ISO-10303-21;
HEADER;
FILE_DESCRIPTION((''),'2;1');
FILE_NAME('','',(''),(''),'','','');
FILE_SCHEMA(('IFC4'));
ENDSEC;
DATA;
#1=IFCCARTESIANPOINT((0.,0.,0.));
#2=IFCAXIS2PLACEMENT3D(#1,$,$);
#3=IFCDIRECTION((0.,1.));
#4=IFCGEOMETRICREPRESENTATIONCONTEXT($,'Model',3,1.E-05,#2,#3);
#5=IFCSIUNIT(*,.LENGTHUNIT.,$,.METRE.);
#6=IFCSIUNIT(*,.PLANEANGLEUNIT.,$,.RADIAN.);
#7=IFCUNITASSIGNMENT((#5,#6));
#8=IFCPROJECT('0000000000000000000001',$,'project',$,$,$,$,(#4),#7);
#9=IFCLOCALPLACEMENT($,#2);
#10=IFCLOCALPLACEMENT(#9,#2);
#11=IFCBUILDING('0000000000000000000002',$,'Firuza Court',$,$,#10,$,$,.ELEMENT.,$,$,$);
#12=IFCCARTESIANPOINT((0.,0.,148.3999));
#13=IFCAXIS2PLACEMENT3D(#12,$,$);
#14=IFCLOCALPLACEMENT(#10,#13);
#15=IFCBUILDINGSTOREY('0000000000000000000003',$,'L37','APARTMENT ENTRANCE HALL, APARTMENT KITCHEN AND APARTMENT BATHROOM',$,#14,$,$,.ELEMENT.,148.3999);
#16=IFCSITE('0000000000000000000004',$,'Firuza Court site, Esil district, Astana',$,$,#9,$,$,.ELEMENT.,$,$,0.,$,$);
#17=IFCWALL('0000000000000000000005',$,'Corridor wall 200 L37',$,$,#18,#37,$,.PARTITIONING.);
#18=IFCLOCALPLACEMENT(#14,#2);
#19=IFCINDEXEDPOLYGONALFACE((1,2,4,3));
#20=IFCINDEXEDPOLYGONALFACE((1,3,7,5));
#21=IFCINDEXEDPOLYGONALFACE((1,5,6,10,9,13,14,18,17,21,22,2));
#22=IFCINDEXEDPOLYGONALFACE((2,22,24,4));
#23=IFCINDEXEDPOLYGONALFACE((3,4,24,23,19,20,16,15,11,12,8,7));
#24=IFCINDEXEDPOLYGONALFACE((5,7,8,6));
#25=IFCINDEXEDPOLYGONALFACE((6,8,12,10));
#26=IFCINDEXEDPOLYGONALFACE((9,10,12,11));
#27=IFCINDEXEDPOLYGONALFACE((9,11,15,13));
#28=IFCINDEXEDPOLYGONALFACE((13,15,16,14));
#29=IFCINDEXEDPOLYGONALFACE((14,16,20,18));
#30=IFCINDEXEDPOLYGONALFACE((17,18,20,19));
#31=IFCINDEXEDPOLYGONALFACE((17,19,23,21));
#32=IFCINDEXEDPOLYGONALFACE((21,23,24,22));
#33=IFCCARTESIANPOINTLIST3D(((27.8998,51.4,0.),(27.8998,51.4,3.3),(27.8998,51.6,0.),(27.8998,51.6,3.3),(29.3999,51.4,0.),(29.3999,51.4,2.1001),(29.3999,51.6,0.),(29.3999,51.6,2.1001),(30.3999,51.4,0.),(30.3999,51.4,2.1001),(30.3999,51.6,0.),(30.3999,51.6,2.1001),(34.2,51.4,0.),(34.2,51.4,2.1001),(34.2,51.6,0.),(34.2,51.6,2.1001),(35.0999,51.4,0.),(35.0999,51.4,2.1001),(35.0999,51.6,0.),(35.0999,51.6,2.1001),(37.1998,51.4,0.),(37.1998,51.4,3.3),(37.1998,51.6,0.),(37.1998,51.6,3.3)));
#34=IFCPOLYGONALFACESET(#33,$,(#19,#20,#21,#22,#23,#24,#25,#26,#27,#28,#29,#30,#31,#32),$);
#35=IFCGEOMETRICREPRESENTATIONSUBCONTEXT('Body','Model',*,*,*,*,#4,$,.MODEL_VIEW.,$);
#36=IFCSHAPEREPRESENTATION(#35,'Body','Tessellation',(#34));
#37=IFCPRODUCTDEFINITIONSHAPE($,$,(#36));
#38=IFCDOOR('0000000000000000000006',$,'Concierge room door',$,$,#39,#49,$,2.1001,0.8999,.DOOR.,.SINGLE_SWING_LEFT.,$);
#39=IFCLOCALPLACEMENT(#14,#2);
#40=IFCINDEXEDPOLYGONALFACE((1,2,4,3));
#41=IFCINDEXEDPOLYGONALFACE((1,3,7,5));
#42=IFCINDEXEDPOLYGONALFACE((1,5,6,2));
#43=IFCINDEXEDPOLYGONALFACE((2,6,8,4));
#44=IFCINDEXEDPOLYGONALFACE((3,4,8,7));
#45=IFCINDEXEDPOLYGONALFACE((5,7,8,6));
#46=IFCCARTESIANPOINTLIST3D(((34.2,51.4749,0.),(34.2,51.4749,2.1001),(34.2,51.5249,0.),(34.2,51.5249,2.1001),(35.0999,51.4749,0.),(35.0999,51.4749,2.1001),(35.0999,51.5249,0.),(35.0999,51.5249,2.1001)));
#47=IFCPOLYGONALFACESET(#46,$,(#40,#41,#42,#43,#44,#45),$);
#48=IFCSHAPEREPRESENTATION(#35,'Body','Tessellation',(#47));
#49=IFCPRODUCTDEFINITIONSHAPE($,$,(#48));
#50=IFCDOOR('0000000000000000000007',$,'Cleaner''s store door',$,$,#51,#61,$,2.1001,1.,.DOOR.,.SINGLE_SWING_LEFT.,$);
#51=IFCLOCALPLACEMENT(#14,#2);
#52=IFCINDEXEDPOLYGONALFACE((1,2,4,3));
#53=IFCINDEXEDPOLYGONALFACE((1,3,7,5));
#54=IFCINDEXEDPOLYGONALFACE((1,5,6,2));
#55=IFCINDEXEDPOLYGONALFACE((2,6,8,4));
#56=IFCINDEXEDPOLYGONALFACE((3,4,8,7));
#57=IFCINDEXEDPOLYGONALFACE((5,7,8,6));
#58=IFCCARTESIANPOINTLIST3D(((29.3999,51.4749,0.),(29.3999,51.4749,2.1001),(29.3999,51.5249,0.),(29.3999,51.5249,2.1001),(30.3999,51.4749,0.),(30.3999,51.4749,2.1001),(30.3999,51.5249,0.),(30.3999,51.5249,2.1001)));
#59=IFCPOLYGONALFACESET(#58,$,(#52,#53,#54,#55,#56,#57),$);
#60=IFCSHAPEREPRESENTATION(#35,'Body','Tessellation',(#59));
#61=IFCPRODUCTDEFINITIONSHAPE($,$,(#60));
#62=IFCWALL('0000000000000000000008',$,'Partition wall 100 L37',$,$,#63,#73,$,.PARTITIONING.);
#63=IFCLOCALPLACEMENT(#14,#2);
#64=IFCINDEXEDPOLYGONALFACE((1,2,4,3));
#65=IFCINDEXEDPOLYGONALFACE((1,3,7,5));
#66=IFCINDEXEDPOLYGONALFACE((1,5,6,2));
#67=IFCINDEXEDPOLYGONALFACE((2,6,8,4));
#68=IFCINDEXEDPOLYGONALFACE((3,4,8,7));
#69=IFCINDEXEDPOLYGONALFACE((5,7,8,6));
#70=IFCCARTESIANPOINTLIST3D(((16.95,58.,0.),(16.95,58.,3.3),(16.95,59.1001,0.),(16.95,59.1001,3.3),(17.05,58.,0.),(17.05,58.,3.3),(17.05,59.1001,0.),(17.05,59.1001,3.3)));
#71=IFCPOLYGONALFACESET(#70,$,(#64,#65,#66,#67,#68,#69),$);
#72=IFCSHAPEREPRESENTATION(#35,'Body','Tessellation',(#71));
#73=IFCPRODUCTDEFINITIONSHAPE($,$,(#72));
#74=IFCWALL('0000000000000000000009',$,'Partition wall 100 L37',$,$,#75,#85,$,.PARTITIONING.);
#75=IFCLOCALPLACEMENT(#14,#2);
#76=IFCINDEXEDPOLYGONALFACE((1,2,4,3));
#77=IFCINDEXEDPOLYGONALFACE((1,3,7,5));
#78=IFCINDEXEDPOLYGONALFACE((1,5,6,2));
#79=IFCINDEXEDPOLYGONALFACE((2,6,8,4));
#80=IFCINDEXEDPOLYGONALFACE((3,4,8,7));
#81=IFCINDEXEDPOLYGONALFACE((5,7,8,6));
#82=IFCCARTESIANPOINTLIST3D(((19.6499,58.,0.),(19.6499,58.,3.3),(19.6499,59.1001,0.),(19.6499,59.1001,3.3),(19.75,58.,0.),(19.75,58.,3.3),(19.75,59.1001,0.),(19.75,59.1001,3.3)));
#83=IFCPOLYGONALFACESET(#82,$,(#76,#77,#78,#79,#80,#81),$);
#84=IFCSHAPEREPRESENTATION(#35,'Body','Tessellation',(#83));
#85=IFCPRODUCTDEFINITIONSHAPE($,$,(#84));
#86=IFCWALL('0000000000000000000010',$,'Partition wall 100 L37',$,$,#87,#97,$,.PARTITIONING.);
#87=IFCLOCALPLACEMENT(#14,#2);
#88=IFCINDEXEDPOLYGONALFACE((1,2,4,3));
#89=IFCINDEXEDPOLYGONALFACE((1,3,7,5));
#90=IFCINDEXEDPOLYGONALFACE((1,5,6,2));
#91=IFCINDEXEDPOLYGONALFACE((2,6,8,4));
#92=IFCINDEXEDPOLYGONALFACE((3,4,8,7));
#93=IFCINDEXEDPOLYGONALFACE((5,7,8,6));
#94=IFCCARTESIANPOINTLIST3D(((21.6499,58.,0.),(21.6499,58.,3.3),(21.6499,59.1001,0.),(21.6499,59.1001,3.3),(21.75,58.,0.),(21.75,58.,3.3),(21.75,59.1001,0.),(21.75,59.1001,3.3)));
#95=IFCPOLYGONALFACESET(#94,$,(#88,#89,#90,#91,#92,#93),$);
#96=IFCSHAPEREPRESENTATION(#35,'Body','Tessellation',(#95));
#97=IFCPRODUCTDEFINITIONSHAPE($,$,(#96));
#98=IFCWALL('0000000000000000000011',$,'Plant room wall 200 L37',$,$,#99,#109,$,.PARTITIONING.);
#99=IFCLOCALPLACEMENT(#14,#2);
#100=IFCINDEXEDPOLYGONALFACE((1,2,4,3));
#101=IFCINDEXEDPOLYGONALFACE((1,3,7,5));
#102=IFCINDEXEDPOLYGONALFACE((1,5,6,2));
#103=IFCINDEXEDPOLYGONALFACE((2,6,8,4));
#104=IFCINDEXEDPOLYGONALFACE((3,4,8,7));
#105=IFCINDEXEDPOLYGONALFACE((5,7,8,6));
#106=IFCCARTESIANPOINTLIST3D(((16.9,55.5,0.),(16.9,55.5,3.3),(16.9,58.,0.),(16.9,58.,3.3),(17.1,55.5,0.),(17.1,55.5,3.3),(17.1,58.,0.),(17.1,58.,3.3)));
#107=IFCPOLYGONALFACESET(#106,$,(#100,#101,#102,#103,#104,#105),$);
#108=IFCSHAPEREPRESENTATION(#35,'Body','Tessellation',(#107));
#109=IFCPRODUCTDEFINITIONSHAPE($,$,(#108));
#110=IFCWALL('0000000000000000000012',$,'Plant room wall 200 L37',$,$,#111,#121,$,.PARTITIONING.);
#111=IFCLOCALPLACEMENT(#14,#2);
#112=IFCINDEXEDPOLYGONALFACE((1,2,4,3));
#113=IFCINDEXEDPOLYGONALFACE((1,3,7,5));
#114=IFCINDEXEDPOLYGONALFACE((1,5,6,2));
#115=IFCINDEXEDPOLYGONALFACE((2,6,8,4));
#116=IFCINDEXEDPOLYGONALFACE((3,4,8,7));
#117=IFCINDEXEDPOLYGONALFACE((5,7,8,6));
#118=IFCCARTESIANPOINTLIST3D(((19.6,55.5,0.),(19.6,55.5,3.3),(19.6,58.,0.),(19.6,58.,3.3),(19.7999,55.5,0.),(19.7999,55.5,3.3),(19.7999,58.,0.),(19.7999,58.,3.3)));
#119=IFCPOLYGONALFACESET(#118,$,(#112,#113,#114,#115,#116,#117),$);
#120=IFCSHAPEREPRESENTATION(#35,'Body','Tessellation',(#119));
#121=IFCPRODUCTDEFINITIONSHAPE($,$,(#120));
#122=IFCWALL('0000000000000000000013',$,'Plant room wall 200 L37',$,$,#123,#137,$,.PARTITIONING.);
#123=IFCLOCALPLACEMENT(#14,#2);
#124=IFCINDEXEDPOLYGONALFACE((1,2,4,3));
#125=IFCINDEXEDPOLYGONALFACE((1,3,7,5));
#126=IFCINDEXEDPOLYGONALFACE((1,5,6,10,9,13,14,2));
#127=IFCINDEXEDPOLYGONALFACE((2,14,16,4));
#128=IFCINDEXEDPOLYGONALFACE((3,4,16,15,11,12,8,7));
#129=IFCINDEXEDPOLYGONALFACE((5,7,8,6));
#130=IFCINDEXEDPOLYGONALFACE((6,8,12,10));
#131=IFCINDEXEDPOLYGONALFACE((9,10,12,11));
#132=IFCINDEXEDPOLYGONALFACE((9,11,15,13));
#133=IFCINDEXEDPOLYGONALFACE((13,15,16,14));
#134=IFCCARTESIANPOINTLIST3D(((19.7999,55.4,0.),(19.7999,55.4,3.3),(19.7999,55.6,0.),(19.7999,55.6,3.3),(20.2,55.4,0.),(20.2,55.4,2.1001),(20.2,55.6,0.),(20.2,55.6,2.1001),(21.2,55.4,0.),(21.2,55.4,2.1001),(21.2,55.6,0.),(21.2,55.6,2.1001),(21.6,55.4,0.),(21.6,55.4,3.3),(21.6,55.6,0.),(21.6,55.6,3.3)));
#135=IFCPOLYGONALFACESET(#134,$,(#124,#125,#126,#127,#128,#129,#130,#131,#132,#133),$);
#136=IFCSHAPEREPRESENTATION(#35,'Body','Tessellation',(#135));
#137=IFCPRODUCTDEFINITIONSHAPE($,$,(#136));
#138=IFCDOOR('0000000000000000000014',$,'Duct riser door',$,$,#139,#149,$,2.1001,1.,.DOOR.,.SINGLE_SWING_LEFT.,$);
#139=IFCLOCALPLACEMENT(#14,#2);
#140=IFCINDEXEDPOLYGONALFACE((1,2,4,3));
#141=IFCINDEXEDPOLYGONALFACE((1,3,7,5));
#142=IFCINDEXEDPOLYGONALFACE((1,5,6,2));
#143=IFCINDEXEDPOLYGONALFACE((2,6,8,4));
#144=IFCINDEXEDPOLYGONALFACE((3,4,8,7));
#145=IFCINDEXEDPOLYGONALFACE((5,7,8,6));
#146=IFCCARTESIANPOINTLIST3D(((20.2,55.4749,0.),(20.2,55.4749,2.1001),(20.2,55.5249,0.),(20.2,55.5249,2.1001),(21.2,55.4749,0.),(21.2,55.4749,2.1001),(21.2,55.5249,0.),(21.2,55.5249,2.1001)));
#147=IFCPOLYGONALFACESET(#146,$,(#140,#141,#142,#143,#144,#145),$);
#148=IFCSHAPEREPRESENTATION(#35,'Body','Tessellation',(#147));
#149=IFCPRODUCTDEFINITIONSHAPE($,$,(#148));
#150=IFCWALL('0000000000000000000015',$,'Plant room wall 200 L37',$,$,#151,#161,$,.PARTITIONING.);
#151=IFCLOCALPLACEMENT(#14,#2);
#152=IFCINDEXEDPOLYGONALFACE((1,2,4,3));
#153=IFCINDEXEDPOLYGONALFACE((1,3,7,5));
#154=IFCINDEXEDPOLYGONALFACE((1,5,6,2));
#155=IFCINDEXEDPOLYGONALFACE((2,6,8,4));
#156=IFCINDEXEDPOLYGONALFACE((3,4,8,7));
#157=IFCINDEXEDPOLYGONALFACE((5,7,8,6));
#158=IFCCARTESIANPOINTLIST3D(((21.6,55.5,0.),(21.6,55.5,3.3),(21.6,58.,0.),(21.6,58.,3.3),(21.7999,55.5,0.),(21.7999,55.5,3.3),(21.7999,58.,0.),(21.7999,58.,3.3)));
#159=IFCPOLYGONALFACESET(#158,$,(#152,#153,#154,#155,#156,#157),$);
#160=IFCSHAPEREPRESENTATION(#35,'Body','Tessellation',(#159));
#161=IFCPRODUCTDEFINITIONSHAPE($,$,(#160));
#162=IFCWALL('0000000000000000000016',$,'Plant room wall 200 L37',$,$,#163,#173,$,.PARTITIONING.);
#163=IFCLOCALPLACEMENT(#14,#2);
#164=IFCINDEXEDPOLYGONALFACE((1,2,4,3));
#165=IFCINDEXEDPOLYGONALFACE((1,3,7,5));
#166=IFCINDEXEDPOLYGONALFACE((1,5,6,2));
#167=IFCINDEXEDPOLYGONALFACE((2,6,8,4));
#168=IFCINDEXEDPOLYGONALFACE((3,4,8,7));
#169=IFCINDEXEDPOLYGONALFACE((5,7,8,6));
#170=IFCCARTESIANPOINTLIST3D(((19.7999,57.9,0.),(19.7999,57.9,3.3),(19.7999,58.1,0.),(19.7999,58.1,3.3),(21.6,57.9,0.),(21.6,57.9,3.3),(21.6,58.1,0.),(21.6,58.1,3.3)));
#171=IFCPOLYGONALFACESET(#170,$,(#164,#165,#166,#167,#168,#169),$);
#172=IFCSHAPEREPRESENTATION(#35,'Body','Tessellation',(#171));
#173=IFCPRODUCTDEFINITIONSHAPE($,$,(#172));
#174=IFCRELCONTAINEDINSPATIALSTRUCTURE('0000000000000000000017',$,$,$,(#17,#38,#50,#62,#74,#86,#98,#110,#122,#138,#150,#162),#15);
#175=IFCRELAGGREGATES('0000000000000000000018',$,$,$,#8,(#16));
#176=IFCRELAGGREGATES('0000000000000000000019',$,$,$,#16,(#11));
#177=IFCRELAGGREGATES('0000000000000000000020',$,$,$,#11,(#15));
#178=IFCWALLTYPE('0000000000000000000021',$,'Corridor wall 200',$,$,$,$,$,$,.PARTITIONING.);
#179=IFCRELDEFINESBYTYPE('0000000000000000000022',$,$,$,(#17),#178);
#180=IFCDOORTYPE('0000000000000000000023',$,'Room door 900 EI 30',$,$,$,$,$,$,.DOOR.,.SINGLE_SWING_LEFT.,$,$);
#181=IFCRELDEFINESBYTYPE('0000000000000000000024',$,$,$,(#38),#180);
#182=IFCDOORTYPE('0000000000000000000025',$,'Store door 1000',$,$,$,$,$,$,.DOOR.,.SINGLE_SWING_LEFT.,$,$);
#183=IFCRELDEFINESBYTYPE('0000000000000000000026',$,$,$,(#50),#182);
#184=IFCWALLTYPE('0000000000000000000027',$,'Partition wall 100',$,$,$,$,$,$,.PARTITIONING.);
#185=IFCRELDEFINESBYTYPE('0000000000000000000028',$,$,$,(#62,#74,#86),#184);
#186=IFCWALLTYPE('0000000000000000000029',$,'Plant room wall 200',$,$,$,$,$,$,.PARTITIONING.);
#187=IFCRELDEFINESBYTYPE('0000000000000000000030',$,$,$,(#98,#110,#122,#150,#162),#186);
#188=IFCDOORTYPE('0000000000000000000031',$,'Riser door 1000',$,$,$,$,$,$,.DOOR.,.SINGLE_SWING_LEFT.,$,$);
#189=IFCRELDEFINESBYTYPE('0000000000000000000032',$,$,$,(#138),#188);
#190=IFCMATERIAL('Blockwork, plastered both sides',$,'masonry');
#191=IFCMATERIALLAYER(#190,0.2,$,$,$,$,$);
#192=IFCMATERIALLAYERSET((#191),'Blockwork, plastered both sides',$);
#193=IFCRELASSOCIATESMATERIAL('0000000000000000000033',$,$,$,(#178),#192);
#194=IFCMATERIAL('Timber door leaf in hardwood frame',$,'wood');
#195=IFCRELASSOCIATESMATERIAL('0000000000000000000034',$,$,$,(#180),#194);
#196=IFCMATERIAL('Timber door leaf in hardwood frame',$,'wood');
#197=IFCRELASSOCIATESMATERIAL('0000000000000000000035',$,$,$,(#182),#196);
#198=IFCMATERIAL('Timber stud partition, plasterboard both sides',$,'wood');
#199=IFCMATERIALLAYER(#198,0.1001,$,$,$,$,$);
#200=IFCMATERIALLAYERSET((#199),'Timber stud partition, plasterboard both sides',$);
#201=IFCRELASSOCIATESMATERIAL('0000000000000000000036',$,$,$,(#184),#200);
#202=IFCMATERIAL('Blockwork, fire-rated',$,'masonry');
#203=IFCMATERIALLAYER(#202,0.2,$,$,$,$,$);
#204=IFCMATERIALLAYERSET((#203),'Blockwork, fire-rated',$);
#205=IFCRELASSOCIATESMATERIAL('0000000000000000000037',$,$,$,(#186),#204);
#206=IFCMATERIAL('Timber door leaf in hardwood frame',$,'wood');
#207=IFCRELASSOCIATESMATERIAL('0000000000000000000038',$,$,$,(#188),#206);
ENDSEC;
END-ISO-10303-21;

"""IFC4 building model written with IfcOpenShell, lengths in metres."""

from ifc_helpers import new_model, si_unit, direction, frame, frame_2d, origin, place, context, subcontext, project, spatial, rectangle, extrude, material, layer, layer_set, type_object, element, fill, save


model = new_model("IFC4")

# Units and contexts
model_context = context("Model", 3, precision=1e-05, world=origin(), true_north=direction((0.0, 1.0)))
body_context = subcontext(model_context, "Body", "Model", "MODEL_VIEW")
ifc_project = project(units=[si_unit("LENGTHUNIT", "METRE"), si_unit("PLANEANGLEUNIT", "RADIAN")], contexts=[model_context])

# Site, building, storey
site_placement = place(None, origin())
site = spatial("IfcSite", under=ifc_project, at=site_placement, Name="Firuza Court site, Esil district, Astana", CompositionType="ELEMENT", RefElevation=0.0)
building_placement = place(site_placement, origin())
building = spatial("IfcBuilding", under=site, at=building_placement, Name="Firuza Court", CompositionType="ELEMENT")
storey_placement = place(building_placement, frame((0.0, 0.0, 148.3999)))
storey = spatial("IfcBuildingStorey", under=building, at=storey_placement, Name="L37", Description="APARTMENT ENTRANCE HALL, APARTMENT KITCHEN AND APARTMENT BATHROOM", CompositionType="ELEMENT", Elevation=148.3999)

# Wall, openings, doors
ifc_material_1 = material(Name="Blockwork, plastered both sides", Category="masonry")
ifc_layer_1 = layer(ifc_material_1, 0.2)
ifc_layer_set_1 = layer_set([ifc_layer_1], Name="Blockwork, plastered both sides")
wall_type_1 = type_object("IfcWallType", Name="Corridor wall 200", PredefinedType="PARTITIONING", material=ifc_layer_set_1)
wall_1_placement = place(storey_placement, frame((27.8999, 51.5, 0.0), z_axis=(0.0, 0.0, 1.0), x_axis=(1.0, 0.0, 0.0)))
wall_1 = element("IfcWall", 1, at=wall_1_placement, inside=storey, type_object=wall_type_1, Name="Corridor wall 200 L37", PredefinedType="PARTITIONING", context=body_context, shape_type="SweptSolid", body=[
    extrude(rectangle(XDim=9.3, YDim=0.2, at=frame_2d((4.6499, 0.0))), origin(), (0.0, 0.0, 1.0), 3.3),
])
opening_1_placement = place(wall_1_placement, frame((1.5, 0.0, 0.0)))
opening_1 = element("IfcOpeningElement", 2, at=opening_1_placement, cuts=wall_1, PredefinedType="OPENING", context=body_context, shape_type="SweptSolid", body=[
    extrude(rectangle(XDim=1.0, YDim=2.1001, at=frame_2d((0.5, 1.05))), frame((0.0, 0.1118, 0.0), z_axis=(0.0, -1.0, 0.0), x_axis=(1.0, 0.0, 0.0)), (0.0, 0.0, 1.0), 0.2239),
])
opening_2_placement = place(wall_1_placement, frame((6.3, 0.0, 0.0)))
opening_2 = element("IfcOpeningElement", 3, at=opening_2_placement, cuts=wall_1, PredefinedType="OPENING", context=body_context, shape_type="SweptSolid", body=[
    extrude(rectangle(XDim=0.8999, YDim=2.1001, at=frame_2d((0.45, 1.05))), frame((0.0, 0.1118, 0.0), z_axis=(0.0, -1.0, 0.0), x_axis=(1.0, 0.0, 0.0)), (0.0, 0.0, 1.0), 0.2239),
])
ifc_material_2 = material(Name="Timber door leaf in hardwood frame", Category="wood")
door_type_1 = type_object("IfcDoorType", Name="Room door 900 EI 30", OperationType="SINGLE_SWING_LEFT", PredefinedType="DOOR", material=ifc_material_2)
door_1_placement = place(opening_2_placement, origin())
door_1 = element("IfcDoor", 4, at=door_1_placement, inside=storey, type_object=door_type_1, Name="Concierge room door", OperationType="SINGLE_SWING_LEFT", OverallHeight=2.1001, OverallWidth=0.8999, PredefinedType="DOOR", context=body_context, shape_type="SweptSolid", body=[
    extrude(rectangle(XDim=0.8999, YDim=2.1001, at=frame_2d((0.45, 1.05))), frame((0.0, 0.0249, 0.0), z_axis=(0.0, -1.0, 0.0), x_axis=(1.0, 0.0, 0.0)), (0.0, 0.0, 1.0), 0.05),
])
fill(opening_2, door_1)
ifc_material_3 = material(Name="Timber door leaf in hardwood frame", Category="wood")
door_type_2 = type_object("IfcDoorType", Name="Store door 1000", OperationType="SINGLE_SWING_LEFT", PredefinedType="DOOR", material=ifc_material_3)
door_2_placement = place(opening_1_placement, origin())
door_2 = element("IfcDoor", 5, at=door_2_placement, inside=storey, type_object=door_type_2, Name="Cleaner's store door", OperationType="SINGLE_SWING_LEFT", OverallHeight=2.1001, OverallWidth=1.0, PredefinedType="DOOR", context=body_context, shape_type="SweptSolid", body=[
    extrude(rectangle(XDim=1.0, YDim=2.1001, at=frame_2d((0.5, 1.05))), frame((0.0, 0.0249, 0.0), z_axis=(0.0, -1.0, 0.0), x_axis=(1.0, 0.0, 0.0)), (0.0, 0.0, 1.0), 0.05),
])
fill(opening_1, door_2)

# Walls
ifc_material_4 = material(Name="Timber stud partition, plasterboard both sides", Category="wood")
ifc_layer_2 = layer(ifc_material_4, 0.1001)
ifc_layer_set_2 = layer_set([ifc_layer_2], Name="Timber stud partition, plasterboard both sides")
wall_type_2 = type_object("IfcWallType", Name="Partition wall 100", PredefinedType="PARTITIONING", material=ifc_layer_set_2)
for number, where, z_axis, x_axis, name in (
    (6, (17.0, 58.0, 0.0), (0.0, 0.0, 1.0), (0.0, 1.0, 0.0), "Partition wall 100 L37"),
    (7, (19.7, 58.0, 0.0), (0.0, 0.0, 1.0), (0.0, 1.0, 0.0), "Partition wall 100 L37"),
    (8, (21.7, 58.0, 0.0), (0.0, 0.0, 1.0), (0.0, 1.0, 0.0), "Partition wall 100 L37"),
):
    element("IfcWall", number, at=place(storey_placement, frame(where, z_axis=z_axis, x_axis=x_axis)), inside=storey, type_object=wall_type_2, Name=name, PredefinedType="PARTITIONING", context=body_context, shape_type="SweptSolid", body=[
        extrude(rectangle(XDim=1.1001, YDim=0.1001, at=frame_2d((0.55, 0.0))), origin(), (0.0, 0.0, 1.0), 3.3),
    ])
ifc_material_5 = material(Name="Blockwork, fire-rated", Category="masonry")
ifc_layer_3 = layer(ifc_material_5, 0.2)
ifc_layer_set_3 = layer_set([ifc_layer_3], Name="Blockwork, fire-rated")
wall_type_3 = type_object("IfcWallType", Name="Plant room wall 200", PredefinedType="PARTITIONING", material=ifc_layer_set_3)
for number, where, z_axis, x_axis, name in (
    (9, (17.0, 55.5, 0.0), (0.0, 0.0, 1.0), (0.0, 1.0, 0.0), "Plant room wall 200 L37"),
    (10, (19.7, 55.5, 0.0), (0.0, 0.0, 1.0), (0.0, 1.0, 0.0), "Plant room wall 200 L37"),
):
    element("IfcWall", number, at=place(storey_placement, frame(where, z_axis=z_axis, x_axis=x_axis)), inside=storey, type_object=wall_type_3, Name=name, PredefinedType="PARTITIONING", context=body_context, shape_type="SweptSolid", body=[
        extrude(rectangle(XDim=2.5, YDim=0.2, at=frame_2d((1.25, 0.0))), origin(), (0.0, 0.0, 1.0), 3.3),
    ])

# Wall, opening, door
wall_2_placement = place(storey_placement, frame((19.8, 55.5, 0.0), z_axis=(0.0, 0.0, 1.0), x_axis=(1.0, 0.0, 0.0)))
wall_2 = element("IfcWall", 11, at=wall_2_placement, inside=storey, type_object=wall_type_3, Name="Plant room wall 200 L37", PredefinedType="PARTITIONING", context=body_context, shape_type="SweptSolid", body=[
    extrude(rectangle(XDim=1.8, YDim=0.2, at=frame_2d((0.8999, 0.0))), origin(), (0.0, 0.0, 1.0), 3.3),
])
opening_3_placement = place(wall_2_placement, frame((0.3999, 0.0, 0.0)))
opening_3 = element("IfcOpeningElement", 12, at=opening_3_placement, cuts=wall_2, PredefinedType="OPENING", context=body_context, shape_type="SweptSolid", body=[
    extrude(rectangle(XDim=1.0, YDim=2.1001, at=frame_2d((0.5, 1.05))), frame((0.0, 0.1118, 0.0), z_axis=(0.0, -1.0, 0.0), x_axis=(1.0, 0.0, 0.0)), (0.0, 0.0, 1.0), 0.2239),
])
ifc_material_6 = material(Name="Timber door leaf in hardwood frame", Category="wood")
door_type_3 = type_object("IfcDoorType", Name="Riser door 1000", OperationType="SINGLE_SWING_LEFT", PredefinedType="DOOR", material=ifc_material_6)
door_3_placement = place(opening_3_placement, origin())
door_3 = element("IfcDoor", 13, at=door_3_placement, inside=storey, type_object=door_type_3, Name="Duct riser door", OperationType="SINGLE_SWING_LEFT", OverallHeight=2.1001, OverallWidth=1.0, PredefinedType="DOOR", context=body_context, shape_type="SweptSolid", body=[
    extrude(rectangle(XDim=1.0, YDim=2.1001, at=frame_2d((0.5, 1.05))), frame((0.0, 0.0249, 0.0), z_axis=(0.0, -1.0, 0.0), x_axis=(1.0, 0.0, 0.0)), (0.0, 0.0, 1.0), 0.05),
])
fill(opening_3, door_3)

# Walls
wall_3_placement = place(storey_placement, frame((21.7, 55.5, 0.0), z_axis=(0.0, 0.0, 1.0), x_axis=(0.0, 1.0, 0.0)))
element("IfcWall", 14, at=wall_3_placement, inside=storey, type_object=wall_type_3, Name="Plant room wall 200 L37", PredefinedType="PARTITIONING", context=body_context, shape_type="SweptSolid", body=[
    extrude(rectangle(XDim=2.5, YDim=0.2, at=frame_2d((1.25, 0.0))), origin(), (0.0, 0.0, 1.0), 3.3),
])
wall_4_placement = place(storey_placement, frame((19.8, 58.0, 0.0), z_axis=(0.0, 0.0, 1.0), x_axis=(1.0, 0.0, 0.0)))
element("IfcWall", 15, at=wall_4_placement, inside=storey, type_object=wall_type_3, Name="Plant room wall 200 L37", PredefinedType="PARTITIONING", context=body_context, shape_type="SweptSolid", body=[
    extrude(rectangle(XDim=1.8, YDim=0.2, at=frame_2d((0.8999, 0.0))), origin(), (0.0, 0.0, 1.0), 3.3),
])

save(model, "model.ifc")
